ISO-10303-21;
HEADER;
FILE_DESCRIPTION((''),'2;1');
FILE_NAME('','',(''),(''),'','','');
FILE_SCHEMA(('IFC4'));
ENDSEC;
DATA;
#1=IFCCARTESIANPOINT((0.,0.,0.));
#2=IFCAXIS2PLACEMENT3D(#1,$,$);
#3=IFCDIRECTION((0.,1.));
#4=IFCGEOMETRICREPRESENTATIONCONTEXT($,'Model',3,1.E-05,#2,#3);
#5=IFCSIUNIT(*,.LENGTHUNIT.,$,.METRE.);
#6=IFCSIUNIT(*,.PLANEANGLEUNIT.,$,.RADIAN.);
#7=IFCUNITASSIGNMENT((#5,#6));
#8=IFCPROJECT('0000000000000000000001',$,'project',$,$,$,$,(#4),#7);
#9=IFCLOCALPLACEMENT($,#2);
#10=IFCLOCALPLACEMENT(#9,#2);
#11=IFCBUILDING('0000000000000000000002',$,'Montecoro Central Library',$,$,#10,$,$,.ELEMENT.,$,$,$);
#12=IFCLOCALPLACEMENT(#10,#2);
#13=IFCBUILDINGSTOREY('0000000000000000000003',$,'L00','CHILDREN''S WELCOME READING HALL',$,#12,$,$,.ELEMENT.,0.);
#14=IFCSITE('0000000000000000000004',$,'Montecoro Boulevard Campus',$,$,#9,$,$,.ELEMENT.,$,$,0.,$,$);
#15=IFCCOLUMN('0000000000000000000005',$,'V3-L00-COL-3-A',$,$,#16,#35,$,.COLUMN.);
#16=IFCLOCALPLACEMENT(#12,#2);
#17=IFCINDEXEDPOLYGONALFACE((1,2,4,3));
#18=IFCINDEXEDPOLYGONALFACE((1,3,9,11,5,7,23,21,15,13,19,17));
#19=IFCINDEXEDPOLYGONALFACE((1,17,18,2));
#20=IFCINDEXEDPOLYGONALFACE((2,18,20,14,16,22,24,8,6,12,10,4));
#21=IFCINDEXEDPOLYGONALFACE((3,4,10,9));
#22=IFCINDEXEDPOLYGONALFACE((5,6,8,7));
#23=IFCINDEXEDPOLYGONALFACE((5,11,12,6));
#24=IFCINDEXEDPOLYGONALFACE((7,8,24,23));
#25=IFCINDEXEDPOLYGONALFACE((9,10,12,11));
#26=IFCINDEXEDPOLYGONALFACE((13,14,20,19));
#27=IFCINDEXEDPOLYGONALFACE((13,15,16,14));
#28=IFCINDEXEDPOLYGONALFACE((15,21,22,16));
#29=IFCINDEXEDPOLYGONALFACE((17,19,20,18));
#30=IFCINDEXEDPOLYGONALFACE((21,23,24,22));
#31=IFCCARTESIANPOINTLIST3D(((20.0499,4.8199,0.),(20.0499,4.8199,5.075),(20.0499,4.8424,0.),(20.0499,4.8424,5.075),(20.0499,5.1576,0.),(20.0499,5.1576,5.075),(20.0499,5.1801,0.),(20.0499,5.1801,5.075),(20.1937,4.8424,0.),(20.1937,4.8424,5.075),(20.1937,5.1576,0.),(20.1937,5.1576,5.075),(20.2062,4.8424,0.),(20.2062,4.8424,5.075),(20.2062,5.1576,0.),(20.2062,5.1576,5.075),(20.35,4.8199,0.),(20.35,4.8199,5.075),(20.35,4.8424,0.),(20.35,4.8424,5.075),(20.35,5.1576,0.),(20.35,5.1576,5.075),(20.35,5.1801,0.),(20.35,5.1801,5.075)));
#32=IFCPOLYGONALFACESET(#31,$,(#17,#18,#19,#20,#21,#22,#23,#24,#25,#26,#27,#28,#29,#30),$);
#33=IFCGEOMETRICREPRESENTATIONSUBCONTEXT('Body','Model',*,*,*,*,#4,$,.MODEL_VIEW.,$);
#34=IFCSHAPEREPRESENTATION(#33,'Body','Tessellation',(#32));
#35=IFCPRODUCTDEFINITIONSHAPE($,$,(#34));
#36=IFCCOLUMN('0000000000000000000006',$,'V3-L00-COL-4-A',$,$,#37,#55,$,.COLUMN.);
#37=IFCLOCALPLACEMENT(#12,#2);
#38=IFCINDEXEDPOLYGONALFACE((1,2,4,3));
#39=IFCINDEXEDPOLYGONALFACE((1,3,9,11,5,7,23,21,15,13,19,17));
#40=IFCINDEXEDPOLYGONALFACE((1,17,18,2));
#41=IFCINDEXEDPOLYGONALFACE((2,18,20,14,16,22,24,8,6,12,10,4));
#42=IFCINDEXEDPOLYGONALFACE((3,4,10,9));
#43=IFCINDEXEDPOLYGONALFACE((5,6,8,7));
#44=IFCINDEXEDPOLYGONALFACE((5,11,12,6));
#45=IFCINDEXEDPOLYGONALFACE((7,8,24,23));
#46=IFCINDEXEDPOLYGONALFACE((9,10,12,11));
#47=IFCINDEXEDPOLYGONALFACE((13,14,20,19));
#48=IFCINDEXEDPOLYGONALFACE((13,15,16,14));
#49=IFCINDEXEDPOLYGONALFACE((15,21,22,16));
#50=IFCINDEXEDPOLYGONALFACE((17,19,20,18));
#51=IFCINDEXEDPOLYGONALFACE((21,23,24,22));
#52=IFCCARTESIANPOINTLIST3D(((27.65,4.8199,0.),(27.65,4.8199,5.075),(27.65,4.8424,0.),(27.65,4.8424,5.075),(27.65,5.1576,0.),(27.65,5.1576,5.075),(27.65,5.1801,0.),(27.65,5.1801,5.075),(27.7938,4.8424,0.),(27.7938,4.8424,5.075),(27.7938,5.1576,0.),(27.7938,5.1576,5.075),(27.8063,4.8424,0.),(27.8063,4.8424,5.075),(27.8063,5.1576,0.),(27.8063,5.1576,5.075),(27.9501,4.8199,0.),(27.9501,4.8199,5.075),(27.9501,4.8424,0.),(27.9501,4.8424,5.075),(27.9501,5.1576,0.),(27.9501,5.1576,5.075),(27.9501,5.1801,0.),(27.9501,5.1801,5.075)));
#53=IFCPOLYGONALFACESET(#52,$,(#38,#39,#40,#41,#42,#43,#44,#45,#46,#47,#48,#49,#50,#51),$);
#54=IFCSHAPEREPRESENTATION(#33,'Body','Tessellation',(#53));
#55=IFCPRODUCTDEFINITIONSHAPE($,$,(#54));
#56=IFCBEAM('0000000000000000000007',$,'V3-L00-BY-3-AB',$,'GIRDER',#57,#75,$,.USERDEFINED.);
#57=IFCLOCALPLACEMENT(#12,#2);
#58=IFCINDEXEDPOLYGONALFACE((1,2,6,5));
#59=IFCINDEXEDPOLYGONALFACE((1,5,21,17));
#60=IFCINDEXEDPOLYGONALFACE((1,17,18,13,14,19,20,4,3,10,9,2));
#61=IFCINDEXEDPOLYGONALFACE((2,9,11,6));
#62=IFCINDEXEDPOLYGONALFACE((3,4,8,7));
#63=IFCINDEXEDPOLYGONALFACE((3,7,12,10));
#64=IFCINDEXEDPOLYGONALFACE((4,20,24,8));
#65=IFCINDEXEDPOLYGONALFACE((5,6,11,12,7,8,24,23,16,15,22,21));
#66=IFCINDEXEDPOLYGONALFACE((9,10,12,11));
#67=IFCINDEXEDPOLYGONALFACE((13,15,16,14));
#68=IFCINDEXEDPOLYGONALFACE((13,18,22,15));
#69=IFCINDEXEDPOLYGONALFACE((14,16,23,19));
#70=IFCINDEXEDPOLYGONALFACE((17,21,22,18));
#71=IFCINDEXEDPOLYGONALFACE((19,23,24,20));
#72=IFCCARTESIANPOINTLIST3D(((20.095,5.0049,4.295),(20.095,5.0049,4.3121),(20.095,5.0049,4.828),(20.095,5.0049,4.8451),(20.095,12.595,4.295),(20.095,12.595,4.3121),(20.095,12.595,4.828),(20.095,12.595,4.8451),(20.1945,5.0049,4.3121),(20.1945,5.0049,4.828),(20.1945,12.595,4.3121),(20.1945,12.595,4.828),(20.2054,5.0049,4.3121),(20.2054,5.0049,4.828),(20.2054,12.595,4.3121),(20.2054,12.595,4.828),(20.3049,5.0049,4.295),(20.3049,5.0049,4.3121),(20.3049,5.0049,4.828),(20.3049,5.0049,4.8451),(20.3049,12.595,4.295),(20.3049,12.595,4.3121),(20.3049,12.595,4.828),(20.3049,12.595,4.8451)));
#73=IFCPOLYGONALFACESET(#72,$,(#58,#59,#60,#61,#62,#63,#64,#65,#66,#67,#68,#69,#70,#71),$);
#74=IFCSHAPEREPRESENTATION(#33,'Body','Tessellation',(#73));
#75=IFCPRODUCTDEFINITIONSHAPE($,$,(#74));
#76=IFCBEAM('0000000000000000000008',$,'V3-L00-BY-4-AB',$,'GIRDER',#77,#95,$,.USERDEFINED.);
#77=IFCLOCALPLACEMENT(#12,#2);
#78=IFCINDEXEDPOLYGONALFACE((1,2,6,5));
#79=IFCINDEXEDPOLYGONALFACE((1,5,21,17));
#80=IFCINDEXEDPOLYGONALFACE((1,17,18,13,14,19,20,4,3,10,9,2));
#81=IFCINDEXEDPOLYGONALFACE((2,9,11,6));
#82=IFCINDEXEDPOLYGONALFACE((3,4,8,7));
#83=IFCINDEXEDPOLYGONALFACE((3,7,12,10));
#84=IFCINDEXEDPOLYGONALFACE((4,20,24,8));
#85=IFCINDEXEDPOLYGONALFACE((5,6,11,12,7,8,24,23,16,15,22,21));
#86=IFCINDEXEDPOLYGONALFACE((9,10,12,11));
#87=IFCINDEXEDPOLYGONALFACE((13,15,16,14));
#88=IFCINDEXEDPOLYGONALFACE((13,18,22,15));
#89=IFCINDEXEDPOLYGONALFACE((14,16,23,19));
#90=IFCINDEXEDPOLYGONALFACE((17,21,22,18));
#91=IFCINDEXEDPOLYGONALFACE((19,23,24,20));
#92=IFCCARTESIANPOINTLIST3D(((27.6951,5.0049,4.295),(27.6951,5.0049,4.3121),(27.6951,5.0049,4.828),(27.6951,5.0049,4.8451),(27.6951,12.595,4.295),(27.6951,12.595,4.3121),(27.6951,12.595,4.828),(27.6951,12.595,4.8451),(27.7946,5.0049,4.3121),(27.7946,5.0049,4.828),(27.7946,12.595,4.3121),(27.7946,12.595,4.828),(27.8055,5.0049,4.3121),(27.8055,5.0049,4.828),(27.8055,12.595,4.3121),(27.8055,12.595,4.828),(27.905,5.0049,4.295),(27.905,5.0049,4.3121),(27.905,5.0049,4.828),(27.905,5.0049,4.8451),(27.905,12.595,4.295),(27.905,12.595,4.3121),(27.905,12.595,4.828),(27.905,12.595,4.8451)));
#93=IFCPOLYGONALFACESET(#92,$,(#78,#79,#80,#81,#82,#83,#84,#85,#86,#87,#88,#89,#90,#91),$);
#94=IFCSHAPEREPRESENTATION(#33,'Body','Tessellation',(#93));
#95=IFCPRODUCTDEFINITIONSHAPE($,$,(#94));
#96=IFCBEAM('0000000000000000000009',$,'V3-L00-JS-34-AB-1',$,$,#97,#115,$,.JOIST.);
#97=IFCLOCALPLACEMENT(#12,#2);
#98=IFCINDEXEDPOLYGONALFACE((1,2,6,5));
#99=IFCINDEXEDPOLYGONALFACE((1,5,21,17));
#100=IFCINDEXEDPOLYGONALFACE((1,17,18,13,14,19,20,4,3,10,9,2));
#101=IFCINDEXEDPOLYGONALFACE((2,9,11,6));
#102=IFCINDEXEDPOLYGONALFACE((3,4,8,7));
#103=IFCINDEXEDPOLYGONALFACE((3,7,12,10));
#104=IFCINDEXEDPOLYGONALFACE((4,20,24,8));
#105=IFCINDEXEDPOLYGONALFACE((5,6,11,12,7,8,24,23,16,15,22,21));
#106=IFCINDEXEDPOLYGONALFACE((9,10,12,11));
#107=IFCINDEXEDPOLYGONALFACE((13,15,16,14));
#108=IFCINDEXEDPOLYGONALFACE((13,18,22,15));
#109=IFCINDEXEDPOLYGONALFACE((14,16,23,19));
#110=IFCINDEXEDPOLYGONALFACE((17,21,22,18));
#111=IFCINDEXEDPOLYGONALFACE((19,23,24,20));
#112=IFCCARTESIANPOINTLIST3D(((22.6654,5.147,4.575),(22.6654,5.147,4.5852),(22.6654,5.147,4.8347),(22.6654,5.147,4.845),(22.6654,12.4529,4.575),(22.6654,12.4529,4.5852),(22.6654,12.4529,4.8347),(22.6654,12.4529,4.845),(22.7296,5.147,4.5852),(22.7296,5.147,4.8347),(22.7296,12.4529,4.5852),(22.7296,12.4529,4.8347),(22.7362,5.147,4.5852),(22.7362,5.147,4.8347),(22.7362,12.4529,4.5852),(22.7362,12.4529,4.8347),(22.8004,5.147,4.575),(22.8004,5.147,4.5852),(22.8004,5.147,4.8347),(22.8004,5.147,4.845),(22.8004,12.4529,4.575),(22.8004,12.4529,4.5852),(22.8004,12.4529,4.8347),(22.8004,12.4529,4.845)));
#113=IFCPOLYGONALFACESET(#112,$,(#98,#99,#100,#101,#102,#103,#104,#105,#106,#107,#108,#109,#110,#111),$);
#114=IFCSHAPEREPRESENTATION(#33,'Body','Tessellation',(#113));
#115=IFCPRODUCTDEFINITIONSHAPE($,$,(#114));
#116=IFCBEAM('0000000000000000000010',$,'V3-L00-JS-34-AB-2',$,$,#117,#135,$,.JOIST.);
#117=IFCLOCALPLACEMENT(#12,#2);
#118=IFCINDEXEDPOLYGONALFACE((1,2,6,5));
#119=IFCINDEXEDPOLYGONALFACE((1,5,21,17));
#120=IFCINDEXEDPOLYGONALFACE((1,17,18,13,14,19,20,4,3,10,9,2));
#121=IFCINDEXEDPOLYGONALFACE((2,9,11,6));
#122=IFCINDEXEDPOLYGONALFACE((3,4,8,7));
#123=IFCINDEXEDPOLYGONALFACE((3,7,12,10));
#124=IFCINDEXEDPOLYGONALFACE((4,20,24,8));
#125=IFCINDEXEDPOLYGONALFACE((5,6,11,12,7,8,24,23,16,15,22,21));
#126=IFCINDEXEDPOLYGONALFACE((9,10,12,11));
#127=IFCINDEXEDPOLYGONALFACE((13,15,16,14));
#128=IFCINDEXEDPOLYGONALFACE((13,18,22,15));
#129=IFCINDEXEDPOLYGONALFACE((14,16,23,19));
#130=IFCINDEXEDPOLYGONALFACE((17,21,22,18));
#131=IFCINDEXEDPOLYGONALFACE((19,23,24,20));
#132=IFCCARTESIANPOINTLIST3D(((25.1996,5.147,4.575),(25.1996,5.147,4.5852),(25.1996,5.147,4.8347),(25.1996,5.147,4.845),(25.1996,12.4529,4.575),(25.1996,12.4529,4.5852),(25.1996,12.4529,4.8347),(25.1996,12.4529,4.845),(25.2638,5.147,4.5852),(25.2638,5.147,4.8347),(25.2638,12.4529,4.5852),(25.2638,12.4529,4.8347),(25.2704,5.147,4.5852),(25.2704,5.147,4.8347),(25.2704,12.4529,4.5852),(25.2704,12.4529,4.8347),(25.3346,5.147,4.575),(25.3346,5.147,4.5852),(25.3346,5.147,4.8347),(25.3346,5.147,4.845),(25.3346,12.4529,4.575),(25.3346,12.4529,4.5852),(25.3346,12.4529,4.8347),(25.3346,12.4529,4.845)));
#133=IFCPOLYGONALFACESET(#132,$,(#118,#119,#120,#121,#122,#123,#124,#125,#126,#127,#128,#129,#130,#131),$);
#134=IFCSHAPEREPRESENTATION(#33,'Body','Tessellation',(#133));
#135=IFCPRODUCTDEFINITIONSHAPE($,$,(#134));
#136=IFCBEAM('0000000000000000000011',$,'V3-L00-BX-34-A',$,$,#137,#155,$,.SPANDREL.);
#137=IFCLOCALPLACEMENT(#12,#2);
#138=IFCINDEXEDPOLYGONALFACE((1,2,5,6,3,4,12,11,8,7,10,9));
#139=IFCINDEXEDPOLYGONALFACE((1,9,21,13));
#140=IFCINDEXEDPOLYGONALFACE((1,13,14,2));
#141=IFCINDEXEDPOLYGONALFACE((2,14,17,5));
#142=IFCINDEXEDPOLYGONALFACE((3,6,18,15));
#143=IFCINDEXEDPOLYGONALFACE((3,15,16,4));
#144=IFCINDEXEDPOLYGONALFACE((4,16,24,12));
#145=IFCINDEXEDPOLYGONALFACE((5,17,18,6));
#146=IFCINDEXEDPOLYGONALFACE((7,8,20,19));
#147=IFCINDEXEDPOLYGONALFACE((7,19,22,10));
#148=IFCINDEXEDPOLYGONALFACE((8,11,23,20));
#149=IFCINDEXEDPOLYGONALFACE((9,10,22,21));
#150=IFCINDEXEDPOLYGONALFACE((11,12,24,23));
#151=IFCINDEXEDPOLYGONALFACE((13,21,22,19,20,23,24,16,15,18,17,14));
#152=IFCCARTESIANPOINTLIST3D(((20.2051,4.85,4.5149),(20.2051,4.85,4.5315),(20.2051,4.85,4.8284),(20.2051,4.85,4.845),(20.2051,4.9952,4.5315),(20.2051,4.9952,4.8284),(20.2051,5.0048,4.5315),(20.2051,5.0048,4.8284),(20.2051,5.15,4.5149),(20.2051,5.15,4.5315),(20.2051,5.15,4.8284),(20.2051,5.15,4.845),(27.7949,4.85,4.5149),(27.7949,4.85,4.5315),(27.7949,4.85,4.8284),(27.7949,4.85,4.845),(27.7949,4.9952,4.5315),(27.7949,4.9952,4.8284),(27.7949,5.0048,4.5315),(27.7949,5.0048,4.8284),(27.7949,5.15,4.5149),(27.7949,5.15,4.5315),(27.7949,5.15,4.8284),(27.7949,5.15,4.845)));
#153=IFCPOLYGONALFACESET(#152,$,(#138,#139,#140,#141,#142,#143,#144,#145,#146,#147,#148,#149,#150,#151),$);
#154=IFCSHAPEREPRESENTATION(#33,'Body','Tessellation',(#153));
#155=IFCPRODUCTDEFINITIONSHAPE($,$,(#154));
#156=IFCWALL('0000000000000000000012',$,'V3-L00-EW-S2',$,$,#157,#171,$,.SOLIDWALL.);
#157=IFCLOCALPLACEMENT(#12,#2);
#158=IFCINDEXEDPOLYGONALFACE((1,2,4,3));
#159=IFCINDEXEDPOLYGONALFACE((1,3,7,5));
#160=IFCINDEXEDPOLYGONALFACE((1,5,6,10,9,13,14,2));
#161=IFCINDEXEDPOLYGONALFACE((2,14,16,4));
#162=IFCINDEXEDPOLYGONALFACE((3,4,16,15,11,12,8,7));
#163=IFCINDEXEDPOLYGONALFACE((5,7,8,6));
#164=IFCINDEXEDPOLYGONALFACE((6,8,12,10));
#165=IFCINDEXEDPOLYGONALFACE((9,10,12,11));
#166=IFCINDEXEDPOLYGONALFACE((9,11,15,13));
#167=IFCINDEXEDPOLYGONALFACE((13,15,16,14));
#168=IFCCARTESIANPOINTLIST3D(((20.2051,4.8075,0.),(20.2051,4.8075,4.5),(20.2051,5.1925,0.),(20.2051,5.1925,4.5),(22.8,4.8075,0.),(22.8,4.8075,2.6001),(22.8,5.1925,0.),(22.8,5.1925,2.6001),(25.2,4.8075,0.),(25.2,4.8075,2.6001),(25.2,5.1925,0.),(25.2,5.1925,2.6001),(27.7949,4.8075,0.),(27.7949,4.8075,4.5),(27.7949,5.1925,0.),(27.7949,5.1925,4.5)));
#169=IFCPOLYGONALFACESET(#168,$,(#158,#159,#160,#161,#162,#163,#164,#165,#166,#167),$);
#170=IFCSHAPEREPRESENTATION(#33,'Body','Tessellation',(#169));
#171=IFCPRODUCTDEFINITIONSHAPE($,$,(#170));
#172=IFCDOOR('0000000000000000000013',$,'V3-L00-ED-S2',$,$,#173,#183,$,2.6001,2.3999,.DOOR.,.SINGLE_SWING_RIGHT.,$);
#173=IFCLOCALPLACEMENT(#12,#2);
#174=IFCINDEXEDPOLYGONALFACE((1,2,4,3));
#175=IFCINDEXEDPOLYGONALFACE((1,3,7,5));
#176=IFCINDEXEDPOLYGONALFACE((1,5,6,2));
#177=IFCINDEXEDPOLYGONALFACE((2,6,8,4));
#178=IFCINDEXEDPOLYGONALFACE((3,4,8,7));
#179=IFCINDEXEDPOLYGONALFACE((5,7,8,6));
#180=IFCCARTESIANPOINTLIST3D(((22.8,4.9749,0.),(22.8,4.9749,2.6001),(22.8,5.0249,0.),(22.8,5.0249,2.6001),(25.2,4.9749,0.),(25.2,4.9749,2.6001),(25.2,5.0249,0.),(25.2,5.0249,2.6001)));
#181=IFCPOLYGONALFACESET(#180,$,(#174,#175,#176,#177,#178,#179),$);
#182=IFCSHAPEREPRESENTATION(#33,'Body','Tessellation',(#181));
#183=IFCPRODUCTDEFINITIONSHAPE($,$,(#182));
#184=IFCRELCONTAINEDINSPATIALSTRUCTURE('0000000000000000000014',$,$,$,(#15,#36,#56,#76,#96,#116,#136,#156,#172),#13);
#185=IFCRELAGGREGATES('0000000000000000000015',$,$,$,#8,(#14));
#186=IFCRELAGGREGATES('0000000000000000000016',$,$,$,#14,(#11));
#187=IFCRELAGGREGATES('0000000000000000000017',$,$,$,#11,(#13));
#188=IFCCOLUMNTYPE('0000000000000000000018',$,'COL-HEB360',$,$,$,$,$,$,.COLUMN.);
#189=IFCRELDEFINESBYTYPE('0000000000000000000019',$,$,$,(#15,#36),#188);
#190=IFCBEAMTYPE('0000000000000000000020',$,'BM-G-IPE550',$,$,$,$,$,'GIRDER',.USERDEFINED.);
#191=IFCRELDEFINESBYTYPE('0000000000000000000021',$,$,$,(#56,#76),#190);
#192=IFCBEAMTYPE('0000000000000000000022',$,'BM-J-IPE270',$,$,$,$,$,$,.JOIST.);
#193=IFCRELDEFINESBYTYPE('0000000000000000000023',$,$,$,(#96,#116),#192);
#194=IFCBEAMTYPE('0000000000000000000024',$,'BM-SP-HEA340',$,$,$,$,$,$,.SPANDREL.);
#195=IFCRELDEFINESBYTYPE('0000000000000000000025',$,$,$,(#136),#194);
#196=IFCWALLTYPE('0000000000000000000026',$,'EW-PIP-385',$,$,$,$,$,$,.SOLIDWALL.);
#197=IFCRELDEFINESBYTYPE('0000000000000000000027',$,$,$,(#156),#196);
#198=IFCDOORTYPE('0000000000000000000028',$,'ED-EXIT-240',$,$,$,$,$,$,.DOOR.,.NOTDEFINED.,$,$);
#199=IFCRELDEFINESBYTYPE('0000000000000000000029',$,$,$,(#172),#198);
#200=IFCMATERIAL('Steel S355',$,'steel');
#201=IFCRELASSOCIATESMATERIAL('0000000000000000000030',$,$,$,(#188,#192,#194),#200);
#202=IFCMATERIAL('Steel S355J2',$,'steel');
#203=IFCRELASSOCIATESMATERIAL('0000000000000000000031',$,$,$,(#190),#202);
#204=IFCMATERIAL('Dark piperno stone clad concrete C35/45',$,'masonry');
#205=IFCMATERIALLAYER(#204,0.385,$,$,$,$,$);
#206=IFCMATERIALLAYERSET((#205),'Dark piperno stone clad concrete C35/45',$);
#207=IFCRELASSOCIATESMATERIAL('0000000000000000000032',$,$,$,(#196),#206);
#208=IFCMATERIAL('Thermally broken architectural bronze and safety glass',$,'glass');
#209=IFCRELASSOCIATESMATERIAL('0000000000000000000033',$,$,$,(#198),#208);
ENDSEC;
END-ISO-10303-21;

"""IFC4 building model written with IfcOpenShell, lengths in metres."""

from ifc_helpers import new_model, si_unit, direction, frame, frame_2d, origin, origin_2d, place, context, subcontext, project, spatial, rectangle, i_section, extrude, material, layer, layer_set, material_profile, profile_set, type_object, element, fill, save


model = new_model("IFC4")

# Units and contexts
model_context = context("Model", 3, precision=1e-05, world=origin(), true_north=direction((0.0, 1.0)))
body_context = subcontext(model_context, "Body", "Model", "MODEL_VIEW")
ifc_project = project(units=[si_unit("LENGTHUNIT", "METRE"), si_unit("PLANEANGLEUNIT", "RADIAN")], contexts=[model_context])

# Site, building, storey
site_placement = place(None, origin())
site = spatial("IfcSite", under=ifc_project, at=site_placement, Name="Montecoro Boulevard Campus", CompositionType="ELEMENT", RefElevation=0.0)
building_placement = place(site_placement, origin())
building = spatial("IfcBuilding", under=site, at=building_placement, Name="Montecoro Central Library", CompositionType="ELEMENT")
storey_placement = place(building_placement, origin())
storey = spatial("IfcBuildingStorey", under=building, at=storey_placement, Name="L00", Description="CHILDREN'S WELCOME READING HALL", CompositionType="ELEMENT", Elevation=0.0)

# Columns
ifc_material_1 = material(Name="Steel S355", Category="steel")
ifc_material_profile_1 = material_profile(ifc_material_1, i_section(OverallWidth=0.3, OverallDepth=0.3601, WebThickness=0.0125, FlangeThickness=0.0225, at=origin_2d()), Name="HEB 360")
ifc_profile_set_1 = profile_set([ifc_material_profile_1], Name="Steel S355")
column_type = type_object("IfcColumnType", Name="COL-HEB360", PredefinedType="COLUMN", material=ifc_profile_set_1)
for number, where, z_axis, x_axis, name in (
    (1, (20.2, 5.0, 0.0), (0.0, 0.0, 1.0), (1.0, 0.0, 0.0), "V3-L00-COL-3-A"),
    (2, (27.8, 5.0, 0.0), (0.0, 0.0, 1.0), (1.0, 0.0, 0.0), "V3-L00-COL-4-A"),
):
    element("IfcColumn", number, at=place(storey_placement, frame(where, z_axis=z_axis, x_axis=x_axis)), inside=storey, type_object=column_type, Name=name, PredefinedType="COLUMN", context=body_context, shape_type="SweptSolid", body=[
        extrude(i_section(OverallWidth=0.3, OverallDepth=0.3601, WebThickness=0.0125, FlangeThickness=0.0225, at=origin_2d()), origin(), (0.0, 0.0, 1.0), 5.075),
    ])

# Beams
ifc_material_2 = material(Name="Steel S355J2", Category="steel")
ifc_material_profile_2 = material_profile(ifc_material_2, i_section(OverallWidth=0.21, OverallDepth=0.55, WebThickness=0.011, FlangeThickness=0.0171, at=origin_2d()), Name="IPE 550")
ifc_profile_set_2 = profile_set([ifc_material_profile_2], Name="Steel S355J2")
beam_type_1 = type_object("IfcBeamType", Name="BM-G-IPE550", ElementType="GIRDER", PredefinedType="USERDEFINED", material=ifc_profile_set_2)
for number, where, z_axis, x_axis, name in (
    (3, (20.2, 5.0049, 4.5701), (0.0, 1.0, 0.0), (-1.0, 0.0, 0.0), "V3-L00-BY-3-AB"),
    (4, (27.8, 5.0049, 4.5701), (0.0, 1.0, 0.0), (-1.0, 0.0, 0.0), "V3-L00-BY-4-AB"),
):
    element("IfcBeam", number, at=place(storey_placement, frame(where, z_axis=z_axis, x_axis=x_axis)), inside=storey, type_object=beam_type_1, Name=name, ObjectType="GIRDER", PredefinedType="USERDEFINED", context=body_context, shape_type="SweptSolid", body=[
        extrude(i_section(OverallWidth=0.21, OverallDepth=0.55, WebThickness=0.011, FlangeThickness=0.0171, at=origin_2d()), origin(), (0.0, 0.0, 1.0), 7.5901),
    ])
ifc_material_profile_3 = material_profile(ifc_material_1, i_section(OverallWidth=0.135, OverallDepth=0.27, WebThickness=0.0066, FlangeThickness=0.0103, at=origin_2d()), Name="IPE 270")
ifc_profile_set_3 = profile_set([ifc_material_profile_3], Name="Steel S355")
beam_type_2 = type_object("IfcBeamType", Name="BM-J-IPE270", PredefinedType="JOIST", material=ifc_profile_set_3)
for number, where, z_axis, x_axis, name in (
    (5, (22.7329, 5.147, 4.71), (0.0, 1.0, 0.0), (-1.0, 0.0, 0.0), "V3-L00-JS-34-AB-1"),
    (6, (25.2671, 5.147, 4.71), (0.0, 1.0, 0.0), (-1.0, 0.0, 0.0), "V3-L00-JS-34-AB-2"),
):
    element("IfcBeam", number, at=place(storey_placement, frame(where, z_axis=z_axis, x_axis=x_axis)), inside=storey, type_object=beam_type_2, Name=name, PredefinedType="JOIST", context=body_context, shape_type="SweptSolid", body=[
        extrude(i_section(OverallWidth=0.135, OverallDepth=0.27, WebThickness=0.0066, FlangeThickness=0.0103, at=origin_2d()), origin(), (0.0, 0.0, 1.0), 7.3059),
    ])
ifc_material_profile_4 = material_profile(ifc_material_1, i_section(OverallWidth=0.3, OverallDepth=0.3301, WebThickness=0.0095, FlangeThickness=0.0166, at=origin_2d()), Name="HEA 340")
ifc_profile_set_4 = profile_set([ifc_material_profile_4], Name="Steel S355")
beam_type_3 = type_object("IfcBeamType", Name="BM-SP-HEA340", PredefinedType="SPANDREL", material=ifc_profile_set_4)
beam_placement = place(storey_placement, frame((20.2051, 5.0, 4.6799), z_axis=(1.0, 0.0, 0.0), x_axis=(0.0, 1.0, 0.0)))
element("IfcBeam", 7, at=beam_placement, inside=storey, type_object=beam_type_3, Name="V3-L00-BX-34-A", PredefinedType="SPANDREL", context=body_context, shape_type="SweptSolid", body=[
    extrude(i_section(OverallWidth=0.3, OverallDepth=0.3301, WebThickness=0.0095, FlangeThickness=0.0166, at=origin_2d()), origin(), (0.0, 0.0, 1.0), 7.5898),
])

# Wall, opening, door
ifc_material_3 = material(Name="Dark piperno stone clad concrete C35/45", Category="masonry")
ifc_layer_1 = layer(ifc_material_3, 0.385)
ifc_layer_set_1 = layer_set([ifc_layer_1], Name="Dark piperno stone clad concrete C35/45")
wall_type_1 = type_object("IfcWallType", Name="EW-PIP-385", PredefinedType="SOLIDWALL", material=ifc_layer_set_1)
wall_1_placement = place(storey_placement, frame((20.2051, 5.0, 0.0), z_axis=(0.0, 0.0, 1.0), x_axis=(1.0, 0.0, 0.0)))
wall_1 = element("IfcWall", 8, at=wall_1_placement, inside=storey, type_object=wall_type_1, Name="V3-L00-EW-S2", PredefinedType="SOLIDWALL", context=body_context, shape_type="SweptSolid", body=[
    extrude(rectangle(XDim=7.5898, YDim=0.385, at=frame_2d((3.7949, 0.0))), origin(), (0.0, 0.0, 1.0), 4.5),
])
opening_1_placement = place(wall_1_placement, frame((2.595, 0.0, 0.0)))
opening_1 = element("IfcOpeningElement", 9, at=opening_1_placement, cuts=wall_1, PredefinedType="OPENING", context=body_context, shape_type="SweptSolid", body=[
    extrude(rectangle(XDim=2.3999, YDim=2.6001, at=frame_2d((1.2, 1.3))), frame((0.0, 0.2024, 0.0), z_axis=(0.0, -1.0, 0.0), x_axis=(1.0, 0.0, 0.0)), (0.0, 0.0, 1.0), 0.405),
])
ifc_material_4 = material(Name="Thermally broken architectural bronze and safety glass", Category="glass")
door_type_1 = type_object("IfcDoorType", Name="ED-EXIT-240", OperationType="NOTDEFINED", PredefinedType="DOOR", material=ifc_material_4)
door_1_placement = place(opening_1_placement, origin())
door_1 = element("IfcDoor", 10, at=door_1_placement, inside=storey, type_object=door_type_1, Name="V3-L00-ED-S2", OperationType="SINGLE_SWING_RIGHT", OverallHeight=2.6001, OverallWidth=2.3999, PredefinedType="DOOR", context=body_context, shape_type="SweptSolid", body=[
    extrude(rectangle(XDim=2.3999, YDim=2.6001, at=frame_2d((1.2, 1.3))), frame((0.0, 0.0249, 0.0), z_axis=(0.0, -1.0, 0.0), x_axis=(1.0, 0.0, 0.0)), (0.0, 0.0, 1.0), 0.05),
])
fill(opening_1, door_1)

save(model, "model.ifc")
